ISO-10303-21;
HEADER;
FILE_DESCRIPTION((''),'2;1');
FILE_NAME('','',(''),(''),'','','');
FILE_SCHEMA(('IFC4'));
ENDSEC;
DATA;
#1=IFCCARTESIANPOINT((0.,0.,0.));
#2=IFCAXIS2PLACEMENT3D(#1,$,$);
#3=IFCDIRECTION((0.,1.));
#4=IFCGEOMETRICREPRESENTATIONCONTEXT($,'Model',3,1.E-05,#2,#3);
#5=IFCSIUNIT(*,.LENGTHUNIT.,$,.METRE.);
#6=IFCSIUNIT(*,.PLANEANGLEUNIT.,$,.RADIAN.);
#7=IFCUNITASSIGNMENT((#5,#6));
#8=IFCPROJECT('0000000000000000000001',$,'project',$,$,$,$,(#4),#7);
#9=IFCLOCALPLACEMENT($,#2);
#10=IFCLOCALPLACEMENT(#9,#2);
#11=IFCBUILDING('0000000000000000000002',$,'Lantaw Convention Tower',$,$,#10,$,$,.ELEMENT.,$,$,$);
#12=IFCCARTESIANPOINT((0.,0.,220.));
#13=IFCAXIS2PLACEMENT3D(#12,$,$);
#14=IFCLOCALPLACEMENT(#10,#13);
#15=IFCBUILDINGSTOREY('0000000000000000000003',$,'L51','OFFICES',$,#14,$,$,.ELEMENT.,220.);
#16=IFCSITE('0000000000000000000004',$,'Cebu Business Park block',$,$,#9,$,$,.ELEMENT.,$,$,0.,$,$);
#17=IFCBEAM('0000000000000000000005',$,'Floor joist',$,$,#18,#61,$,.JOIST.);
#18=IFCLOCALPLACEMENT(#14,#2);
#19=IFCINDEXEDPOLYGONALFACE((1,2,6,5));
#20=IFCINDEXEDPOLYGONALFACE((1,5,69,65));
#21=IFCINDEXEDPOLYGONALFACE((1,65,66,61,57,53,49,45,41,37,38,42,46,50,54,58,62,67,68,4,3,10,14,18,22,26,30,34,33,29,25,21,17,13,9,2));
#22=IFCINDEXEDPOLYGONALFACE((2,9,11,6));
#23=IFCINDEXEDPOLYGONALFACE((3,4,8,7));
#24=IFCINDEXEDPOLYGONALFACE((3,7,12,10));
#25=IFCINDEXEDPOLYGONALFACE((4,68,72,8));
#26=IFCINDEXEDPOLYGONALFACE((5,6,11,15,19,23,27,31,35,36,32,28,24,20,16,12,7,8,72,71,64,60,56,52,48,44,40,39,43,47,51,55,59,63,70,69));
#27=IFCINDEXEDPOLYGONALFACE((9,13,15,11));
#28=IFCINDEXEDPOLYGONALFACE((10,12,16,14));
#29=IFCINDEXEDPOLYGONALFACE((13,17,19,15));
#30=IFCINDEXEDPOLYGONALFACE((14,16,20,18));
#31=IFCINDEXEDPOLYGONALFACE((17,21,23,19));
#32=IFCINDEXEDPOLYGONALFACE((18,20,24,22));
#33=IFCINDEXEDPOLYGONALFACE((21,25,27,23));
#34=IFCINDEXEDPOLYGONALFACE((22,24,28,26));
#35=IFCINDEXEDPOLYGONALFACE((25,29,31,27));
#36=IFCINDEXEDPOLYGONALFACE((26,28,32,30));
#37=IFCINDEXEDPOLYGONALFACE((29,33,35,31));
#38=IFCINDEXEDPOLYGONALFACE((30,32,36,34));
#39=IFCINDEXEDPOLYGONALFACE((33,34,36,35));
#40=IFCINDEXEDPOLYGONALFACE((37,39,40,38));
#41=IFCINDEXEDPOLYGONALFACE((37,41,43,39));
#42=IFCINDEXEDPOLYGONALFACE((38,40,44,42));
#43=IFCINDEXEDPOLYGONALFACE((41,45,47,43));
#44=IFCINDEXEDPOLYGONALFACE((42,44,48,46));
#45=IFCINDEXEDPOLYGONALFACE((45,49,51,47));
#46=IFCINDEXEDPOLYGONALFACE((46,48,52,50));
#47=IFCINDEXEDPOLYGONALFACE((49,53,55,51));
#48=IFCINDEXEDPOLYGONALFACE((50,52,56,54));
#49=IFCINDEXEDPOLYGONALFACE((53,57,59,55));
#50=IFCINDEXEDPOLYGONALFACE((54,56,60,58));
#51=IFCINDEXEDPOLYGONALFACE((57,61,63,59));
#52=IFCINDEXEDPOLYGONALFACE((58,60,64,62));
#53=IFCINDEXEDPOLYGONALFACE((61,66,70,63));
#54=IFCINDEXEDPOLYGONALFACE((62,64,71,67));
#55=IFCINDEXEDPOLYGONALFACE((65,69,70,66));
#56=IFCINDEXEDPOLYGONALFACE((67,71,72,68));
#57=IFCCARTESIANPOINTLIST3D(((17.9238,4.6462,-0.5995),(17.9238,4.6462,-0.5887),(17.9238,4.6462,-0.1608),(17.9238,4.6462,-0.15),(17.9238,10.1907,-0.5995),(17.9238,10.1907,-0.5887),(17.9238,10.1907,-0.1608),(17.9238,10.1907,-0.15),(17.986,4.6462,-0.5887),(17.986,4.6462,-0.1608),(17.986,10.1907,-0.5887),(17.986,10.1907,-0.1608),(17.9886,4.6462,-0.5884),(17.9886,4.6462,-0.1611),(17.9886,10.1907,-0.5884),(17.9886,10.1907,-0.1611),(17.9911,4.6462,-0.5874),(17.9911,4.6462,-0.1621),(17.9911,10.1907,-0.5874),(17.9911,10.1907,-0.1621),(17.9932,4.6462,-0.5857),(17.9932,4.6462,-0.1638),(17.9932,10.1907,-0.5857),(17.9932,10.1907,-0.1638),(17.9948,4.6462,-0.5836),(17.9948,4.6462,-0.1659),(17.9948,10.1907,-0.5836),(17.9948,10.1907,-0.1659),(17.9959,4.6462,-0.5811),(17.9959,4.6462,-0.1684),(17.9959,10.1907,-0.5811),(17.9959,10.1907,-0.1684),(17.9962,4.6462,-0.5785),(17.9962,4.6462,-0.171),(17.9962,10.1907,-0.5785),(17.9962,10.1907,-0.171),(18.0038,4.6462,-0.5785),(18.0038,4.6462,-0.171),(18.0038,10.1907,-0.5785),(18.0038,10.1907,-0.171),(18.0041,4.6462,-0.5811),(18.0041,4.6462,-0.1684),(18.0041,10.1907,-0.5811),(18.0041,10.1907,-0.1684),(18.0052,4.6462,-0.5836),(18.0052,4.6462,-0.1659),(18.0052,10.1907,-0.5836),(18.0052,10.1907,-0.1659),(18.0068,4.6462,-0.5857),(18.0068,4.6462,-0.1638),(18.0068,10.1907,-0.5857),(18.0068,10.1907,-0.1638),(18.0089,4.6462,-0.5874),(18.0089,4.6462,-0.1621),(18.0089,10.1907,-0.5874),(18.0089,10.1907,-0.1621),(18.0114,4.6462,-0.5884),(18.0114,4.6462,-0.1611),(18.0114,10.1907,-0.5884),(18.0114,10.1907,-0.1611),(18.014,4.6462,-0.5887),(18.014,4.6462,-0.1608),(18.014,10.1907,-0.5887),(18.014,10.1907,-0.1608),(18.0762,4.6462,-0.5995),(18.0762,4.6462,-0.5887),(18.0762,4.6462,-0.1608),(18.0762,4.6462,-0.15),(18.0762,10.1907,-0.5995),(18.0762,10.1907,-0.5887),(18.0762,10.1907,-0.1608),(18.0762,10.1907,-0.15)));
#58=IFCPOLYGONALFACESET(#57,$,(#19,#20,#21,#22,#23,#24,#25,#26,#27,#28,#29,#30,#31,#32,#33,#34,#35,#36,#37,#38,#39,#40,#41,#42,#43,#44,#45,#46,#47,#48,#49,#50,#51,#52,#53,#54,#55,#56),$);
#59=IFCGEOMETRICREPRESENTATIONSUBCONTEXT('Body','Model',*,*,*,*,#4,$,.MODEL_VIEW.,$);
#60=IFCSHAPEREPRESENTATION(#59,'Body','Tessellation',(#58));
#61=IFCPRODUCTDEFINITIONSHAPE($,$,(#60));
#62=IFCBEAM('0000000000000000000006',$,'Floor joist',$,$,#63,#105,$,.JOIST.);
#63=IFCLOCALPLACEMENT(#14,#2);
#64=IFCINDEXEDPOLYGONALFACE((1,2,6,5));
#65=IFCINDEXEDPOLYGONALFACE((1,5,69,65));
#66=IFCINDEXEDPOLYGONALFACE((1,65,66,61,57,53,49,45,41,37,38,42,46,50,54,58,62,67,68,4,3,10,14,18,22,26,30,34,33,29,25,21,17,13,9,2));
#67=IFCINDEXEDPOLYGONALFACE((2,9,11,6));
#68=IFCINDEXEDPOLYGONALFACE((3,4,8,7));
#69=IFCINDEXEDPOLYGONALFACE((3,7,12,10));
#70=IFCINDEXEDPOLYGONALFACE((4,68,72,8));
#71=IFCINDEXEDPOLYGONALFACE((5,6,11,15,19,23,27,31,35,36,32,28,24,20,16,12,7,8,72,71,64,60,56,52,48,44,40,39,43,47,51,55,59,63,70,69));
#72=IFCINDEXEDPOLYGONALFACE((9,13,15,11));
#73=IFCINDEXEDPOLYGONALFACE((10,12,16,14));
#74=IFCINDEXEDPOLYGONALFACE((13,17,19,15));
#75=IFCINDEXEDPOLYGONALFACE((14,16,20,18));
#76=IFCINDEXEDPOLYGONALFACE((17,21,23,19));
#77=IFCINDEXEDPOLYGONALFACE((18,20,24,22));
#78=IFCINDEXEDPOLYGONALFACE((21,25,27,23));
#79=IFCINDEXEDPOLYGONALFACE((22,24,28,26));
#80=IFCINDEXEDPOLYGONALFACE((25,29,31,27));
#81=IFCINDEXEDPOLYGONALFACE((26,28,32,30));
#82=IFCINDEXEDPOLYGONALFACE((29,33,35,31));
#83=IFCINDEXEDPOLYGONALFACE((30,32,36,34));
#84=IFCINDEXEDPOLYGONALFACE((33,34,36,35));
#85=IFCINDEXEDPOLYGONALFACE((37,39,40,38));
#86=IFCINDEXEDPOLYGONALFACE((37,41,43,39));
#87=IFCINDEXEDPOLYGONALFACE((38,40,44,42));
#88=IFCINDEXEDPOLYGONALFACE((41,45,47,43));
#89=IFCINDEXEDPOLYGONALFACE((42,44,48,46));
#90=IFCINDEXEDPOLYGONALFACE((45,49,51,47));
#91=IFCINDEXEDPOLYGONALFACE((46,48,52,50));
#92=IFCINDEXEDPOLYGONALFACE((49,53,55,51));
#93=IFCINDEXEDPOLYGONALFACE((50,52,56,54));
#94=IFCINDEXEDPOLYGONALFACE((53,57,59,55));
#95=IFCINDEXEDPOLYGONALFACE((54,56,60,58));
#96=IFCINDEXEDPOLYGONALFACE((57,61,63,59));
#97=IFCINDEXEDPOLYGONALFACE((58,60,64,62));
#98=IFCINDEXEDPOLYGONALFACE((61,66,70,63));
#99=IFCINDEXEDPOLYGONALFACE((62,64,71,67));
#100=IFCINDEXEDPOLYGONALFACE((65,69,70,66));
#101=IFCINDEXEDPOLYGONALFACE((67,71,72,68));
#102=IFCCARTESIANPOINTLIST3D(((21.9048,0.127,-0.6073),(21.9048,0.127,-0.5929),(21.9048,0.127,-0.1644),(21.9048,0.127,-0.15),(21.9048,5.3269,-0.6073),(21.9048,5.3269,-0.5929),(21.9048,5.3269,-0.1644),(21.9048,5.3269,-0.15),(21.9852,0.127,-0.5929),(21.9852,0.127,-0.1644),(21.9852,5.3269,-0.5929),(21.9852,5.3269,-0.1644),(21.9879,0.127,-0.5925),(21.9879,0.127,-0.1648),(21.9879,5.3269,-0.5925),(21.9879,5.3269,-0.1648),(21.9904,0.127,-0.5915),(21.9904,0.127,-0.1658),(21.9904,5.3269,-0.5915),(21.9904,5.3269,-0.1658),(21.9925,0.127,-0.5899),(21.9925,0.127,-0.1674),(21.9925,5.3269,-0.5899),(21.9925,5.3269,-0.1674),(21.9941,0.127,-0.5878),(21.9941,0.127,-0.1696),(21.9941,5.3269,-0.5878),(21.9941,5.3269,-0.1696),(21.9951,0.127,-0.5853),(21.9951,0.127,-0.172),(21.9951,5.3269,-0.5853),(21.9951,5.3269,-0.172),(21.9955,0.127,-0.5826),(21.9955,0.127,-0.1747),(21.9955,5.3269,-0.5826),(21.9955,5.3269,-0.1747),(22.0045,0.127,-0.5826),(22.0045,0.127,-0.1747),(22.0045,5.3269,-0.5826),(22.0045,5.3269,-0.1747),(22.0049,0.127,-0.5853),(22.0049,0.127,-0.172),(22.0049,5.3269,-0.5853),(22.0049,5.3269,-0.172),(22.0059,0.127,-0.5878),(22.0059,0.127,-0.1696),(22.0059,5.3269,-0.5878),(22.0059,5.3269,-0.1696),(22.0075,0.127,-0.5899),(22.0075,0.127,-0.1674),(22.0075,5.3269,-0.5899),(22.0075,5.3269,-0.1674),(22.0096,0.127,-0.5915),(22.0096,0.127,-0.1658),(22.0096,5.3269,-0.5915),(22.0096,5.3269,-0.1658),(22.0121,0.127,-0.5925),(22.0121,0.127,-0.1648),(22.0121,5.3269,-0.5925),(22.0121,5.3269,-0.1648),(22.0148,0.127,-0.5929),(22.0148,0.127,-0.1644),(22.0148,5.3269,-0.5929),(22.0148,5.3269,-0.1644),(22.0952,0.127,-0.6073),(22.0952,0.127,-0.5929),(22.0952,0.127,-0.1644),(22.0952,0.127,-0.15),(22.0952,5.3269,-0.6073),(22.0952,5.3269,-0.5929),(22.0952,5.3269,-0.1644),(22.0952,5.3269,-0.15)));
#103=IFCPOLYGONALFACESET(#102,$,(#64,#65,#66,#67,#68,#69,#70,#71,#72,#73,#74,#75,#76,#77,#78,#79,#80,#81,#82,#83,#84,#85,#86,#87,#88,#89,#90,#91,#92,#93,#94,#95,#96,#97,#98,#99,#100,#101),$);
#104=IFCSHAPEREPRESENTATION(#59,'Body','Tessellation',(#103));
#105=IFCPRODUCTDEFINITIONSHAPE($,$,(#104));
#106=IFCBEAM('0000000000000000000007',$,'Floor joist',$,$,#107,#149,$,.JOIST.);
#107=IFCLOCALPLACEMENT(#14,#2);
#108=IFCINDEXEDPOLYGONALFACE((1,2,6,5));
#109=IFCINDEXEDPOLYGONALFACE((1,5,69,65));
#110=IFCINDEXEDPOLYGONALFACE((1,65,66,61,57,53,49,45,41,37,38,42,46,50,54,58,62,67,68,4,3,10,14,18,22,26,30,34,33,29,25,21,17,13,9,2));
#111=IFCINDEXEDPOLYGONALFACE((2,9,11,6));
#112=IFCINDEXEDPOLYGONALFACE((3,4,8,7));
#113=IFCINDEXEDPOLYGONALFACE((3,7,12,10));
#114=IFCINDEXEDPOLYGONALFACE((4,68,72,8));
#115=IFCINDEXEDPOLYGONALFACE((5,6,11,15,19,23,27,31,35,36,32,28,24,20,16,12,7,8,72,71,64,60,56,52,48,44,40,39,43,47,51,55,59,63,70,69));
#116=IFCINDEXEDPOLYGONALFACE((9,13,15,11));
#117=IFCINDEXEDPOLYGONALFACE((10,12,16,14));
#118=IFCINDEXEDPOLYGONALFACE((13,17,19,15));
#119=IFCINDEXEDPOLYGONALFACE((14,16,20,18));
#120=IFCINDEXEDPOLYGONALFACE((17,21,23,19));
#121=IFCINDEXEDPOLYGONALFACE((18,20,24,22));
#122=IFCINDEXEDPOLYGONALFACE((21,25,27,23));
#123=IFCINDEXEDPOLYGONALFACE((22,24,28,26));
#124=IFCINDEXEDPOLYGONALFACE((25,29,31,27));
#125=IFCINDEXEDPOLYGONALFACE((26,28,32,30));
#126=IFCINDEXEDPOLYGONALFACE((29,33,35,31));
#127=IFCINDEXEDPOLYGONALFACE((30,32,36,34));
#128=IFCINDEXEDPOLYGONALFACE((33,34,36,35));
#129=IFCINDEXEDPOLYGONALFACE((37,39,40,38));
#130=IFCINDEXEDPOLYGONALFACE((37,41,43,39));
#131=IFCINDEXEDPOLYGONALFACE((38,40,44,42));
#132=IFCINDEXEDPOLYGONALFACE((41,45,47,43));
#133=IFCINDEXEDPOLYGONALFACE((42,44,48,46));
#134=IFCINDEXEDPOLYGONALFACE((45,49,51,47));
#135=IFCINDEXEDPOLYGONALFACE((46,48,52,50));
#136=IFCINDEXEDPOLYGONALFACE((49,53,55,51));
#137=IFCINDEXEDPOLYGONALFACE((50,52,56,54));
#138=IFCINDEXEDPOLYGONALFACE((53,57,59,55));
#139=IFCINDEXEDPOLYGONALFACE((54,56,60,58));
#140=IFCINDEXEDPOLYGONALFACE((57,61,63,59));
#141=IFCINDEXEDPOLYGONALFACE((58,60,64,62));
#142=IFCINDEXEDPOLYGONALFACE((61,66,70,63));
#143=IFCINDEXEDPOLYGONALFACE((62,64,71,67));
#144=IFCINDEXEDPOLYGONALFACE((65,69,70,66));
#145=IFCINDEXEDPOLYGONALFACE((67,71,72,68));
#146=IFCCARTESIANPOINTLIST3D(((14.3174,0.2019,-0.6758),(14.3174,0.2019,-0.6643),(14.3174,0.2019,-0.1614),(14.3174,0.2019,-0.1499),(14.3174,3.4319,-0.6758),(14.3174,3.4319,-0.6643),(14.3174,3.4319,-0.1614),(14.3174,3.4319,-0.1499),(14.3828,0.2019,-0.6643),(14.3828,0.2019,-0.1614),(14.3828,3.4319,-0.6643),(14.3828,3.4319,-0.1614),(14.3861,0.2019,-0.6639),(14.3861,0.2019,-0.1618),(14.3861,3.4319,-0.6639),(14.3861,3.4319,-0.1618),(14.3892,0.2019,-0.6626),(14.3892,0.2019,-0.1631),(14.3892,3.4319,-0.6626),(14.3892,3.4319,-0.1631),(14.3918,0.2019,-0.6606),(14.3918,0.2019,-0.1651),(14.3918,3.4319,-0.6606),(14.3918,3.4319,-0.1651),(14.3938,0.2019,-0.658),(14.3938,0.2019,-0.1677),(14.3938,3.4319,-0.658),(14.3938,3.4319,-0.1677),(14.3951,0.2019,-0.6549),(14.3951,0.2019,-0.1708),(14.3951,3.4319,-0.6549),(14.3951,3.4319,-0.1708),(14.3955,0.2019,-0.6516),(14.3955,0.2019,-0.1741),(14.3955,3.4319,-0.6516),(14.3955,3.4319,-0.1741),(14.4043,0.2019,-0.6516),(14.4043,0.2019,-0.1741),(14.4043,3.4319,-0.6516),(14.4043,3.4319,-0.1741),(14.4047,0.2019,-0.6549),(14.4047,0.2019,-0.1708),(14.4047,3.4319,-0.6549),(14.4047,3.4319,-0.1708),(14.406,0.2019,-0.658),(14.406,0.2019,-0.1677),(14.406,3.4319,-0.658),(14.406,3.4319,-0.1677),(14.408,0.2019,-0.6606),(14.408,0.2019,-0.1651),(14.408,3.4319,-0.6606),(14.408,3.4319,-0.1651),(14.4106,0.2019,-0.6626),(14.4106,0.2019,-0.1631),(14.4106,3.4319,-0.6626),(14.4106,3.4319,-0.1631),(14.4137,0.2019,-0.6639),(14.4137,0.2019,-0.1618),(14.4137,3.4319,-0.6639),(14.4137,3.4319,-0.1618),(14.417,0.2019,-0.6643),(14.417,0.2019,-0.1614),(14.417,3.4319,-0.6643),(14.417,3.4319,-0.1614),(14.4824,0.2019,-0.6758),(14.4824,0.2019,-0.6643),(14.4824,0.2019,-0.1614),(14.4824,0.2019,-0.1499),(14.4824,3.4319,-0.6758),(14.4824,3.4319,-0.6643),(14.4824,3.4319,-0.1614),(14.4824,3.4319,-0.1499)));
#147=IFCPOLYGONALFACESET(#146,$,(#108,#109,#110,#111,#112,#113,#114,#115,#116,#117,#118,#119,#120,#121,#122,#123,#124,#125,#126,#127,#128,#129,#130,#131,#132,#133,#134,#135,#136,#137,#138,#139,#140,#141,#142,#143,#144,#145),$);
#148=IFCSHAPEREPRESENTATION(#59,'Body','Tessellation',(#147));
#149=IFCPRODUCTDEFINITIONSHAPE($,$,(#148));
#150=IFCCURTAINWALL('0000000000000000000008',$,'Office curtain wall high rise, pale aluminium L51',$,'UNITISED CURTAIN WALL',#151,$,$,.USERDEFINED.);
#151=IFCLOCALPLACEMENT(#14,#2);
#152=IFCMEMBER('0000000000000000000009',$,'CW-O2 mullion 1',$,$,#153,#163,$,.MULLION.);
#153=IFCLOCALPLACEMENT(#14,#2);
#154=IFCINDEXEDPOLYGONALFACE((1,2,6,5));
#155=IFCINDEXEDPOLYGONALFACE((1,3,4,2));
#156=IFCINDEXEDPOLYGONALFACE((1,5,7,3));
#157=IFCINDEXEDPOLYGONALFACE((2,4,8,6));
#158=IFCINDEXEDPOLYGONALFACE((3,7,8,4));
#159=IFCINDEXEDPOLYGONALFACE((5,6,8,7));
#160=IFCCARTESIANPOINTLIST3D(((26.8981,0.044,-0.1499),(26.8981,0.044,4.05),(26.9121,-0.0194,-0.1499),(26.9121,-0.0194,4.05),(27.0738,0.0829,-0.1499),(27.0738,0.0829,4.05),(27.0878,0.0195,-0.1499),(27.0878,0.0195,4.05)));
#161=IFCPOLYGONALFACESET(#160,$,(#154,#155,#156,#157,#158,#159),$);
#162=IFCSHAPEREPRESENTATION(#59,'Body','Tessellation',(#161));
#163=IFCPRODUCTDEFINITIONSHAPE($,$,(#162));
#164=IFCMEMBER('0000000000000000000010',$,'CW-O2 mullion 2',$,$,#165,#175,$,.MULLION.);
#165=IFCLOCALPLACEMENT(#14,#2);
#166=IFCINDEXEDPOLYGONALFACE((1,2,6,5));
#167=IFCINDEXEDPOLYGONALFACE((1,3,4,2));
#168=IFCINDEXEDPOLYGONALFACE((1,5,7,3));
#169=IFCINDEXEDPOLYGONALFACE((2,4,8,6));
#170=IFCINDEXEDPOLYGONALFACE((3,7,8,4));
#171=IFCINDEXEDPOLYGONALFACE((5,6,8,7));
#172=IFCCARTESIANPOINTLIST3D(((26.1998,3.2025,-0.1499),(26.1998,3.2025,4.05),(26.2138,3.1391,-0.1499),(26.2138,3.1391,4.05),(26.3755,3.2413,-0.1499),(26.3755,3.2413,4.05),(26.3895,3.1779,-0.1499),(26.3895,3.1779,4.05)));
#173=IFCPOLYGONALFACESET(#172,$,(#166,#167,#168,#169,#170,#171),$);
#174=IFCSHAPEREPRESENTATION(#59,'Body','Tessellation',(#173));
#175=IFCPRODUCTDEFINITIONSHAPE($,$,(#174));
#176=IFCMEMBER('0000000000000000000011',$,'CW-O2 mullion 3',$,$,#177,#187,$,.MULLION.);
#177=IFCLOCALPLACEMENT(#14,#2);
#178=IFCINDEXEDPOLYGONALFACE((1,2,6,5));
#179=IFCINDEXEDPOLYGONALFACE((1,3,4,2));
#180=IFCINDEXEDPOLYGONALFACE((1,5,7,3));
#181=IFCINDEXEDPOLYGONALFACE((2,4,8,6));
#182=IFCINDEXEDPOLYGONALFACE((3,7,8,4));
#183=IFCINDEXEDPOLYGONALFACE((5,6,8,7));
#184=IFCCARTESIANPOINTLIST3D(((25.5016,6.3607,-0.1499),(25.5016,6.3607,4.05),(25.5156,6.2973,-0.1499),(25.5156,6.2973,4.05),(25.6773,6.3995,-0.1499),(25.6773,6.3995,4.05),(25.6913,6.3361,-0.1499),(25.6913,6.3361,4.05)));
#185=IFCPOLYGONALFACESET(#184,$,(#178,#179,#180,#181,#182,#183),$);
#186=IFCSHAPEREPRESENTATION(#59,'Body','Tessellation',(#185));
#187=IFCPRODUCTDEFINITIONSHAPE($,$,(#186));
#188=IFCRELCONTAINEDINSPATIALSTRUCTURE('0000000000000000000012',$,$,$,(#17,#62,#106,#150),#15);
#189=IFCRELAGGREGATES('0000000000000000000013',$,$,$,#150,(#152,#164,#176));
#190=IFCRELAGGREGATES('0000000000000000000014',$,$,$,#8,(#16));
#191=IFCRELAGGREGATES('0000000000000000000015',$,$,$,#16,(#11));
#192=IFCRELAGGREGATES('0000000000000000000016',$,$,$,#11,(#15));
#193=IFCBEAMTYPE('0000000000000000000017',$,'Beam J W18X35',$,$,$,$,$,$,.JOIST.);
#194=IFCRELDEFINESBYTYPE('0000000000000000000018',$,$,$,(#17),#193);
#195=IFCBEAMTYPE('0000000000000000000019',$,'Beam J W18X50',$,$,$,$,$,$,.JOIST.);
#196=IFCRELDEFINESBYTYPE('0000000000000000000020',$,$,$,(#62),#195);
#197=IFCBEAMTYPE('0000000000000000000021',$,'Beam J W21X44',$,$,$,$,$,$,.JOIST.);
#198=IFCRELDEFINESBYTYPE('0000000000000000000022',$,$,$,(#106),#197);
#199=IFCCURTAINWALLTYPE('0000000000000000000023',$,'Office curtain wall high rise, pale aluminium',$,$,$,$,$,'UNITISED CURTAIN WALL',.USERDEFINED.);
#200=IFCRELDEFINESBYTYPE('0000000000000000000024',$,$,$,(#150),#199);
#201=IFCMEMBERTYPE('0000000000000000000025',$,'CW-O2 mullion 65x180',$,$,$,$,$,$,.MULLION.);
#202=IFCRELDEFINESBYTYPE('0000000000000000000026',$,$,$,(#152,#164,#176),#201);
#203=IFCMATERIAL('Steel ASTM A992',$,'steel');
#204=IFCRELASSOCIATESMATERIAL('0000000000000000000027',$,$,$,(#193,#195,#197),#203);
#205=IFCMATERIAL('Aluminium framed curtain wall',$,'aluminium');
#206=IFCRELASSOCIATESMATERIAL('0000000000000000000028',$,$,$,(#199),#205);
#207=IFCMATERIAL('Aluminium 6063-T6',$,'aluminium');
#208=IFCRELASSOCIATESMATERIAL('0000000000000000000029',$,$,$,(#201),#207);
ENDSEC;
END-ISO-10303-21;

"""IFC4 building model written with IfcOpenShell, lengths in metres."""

from ifc_helpers import new_model, si_unit, direction, frame, origin, origin_2d, place, context, subcontext, project, spatial, rectangle, i_section, extrude, material, material_profile, profile_set, type_object, element, aggregate, save


model = new_model("IFC4")

# Units and contexts
model_context = context("Model", 3, precision=1e-05, world=origin(), true_north=direction((0.0, 1.0)))
body_context = subcontext(model_context, "Body", "Model", "MODEL_VIEW")
ifc_project = project(units=[si_unit("LENGTHUNIT", "METRE"), si_unit("PLANEANGLEUNIT", "RADIAN")], contexts=[model_context])

# Site, building, storey
site_placement = place(None, origin())
site = spatial("IfcSite", under=ifc_project, at=site_placement, Name="Cebu Business Park block", CompositionType="ELEMENT", RefElevation=0.0)
building_placement = place(site_placement, origin())
building = spatial("IfcBuilding", under=site, at=building_placement, Name="Lantaw Convention Tower", CompositionType="ELEMENT")
storey_placement = place(building_placement, frame((0.0, 0.0, 220.0)))
storey = spatial("IfcBuildingStorey", under=building, at=storey_placement, Name="L51", Description="OFFICES", CompositionType="ELEMENT", Elevation=220.0)

# Beams
ifc_material_1 = material(Name="Steel ASTM A992", Category="steel")
ifc_material_profile_1 = material_profile(ifc_material_1, i_section(OverallWidth=0.1523, OverallDepth=0.4495, WebThickness=0.0076, FlangeThickness=0.0107, FilletRadius=0.0103, at=origin_2d()), Name="W18X35")
ifc_profile_set_1 = profile_set([ifc_material_profile_1], Name="Steel ASTM A992")
beam_type_1 = type_object("IfcBeamType", Name="Beam J W18X35", PredefinedType="JOIST", material=ifc_profile_set_1)
beam_1_placement = place(storey_placement, frame((18.0, 4.6462, -0.3748), z_axis=(0.0, 1.0, 0.0), x_axis=(-1.0, 0.0, 0.0)))
element("IfcBeam", 1, at=beam_1_placement, inside=storey, type_object=beam_type_1, Name="Floor joist", PredefinedType="JOIST", context=body_context, shape_type="SweptSolid", body=[
    extrude(i_section(OverallWidth=0.1523, OverallDepth=0.4495, WebThickness=0.0076, FlangeThickness=0.0107, FilletRadius=0.0103, at=origin_2d()), origin(), (0.0, 0.0, 1.0), 5.5444),
])
ifc_material_profile_2 = material_profile(ifc_material_1, i_section(OverallWidth=0.1904, OverallDepth=0.4573, WebThickness=0.009, FlangeThickness=0.0144, FilletRadius=0.0103, at=origin_2d()), Name="W18X50")
ifc_profile_set_2 = profile_set([ifc_material_profile_2], Name="Steel ASTM A992")
beam_type_2 = type_object("IfcBeamType", Name="Beam J W18X50", PredefinedType="JOIST", material=ifc_profile_set_2)
beam_2_placement = place(storey_placement, frame((22.0, 0.127, -0.3787), z_axis=(0.0, 1.0, 0.0), x_axis=(-1.0, 0.0, 0.0)))
element("IfcBeam", 2, at=beam_2_placement, inside=storey, type_object=beam_type_2, Name="Floor joist", PredefinedType="JOIST", context=body_context, shape_type="SweptSolid", body=[
    extrude(i_section(OverallWidth=0.1904, OverallDepth=0.4573, WebThickness=0.009, FlangeThickness=0.0144, FilletRadius=0.0103, at=origin_2d()), origin(), (0.0, 0.0, 1.0), 5.2),
])
ifc_material_profile_3 = material_profile(ifc_material_1, i_section(OverallWidth=0.165, OverallDepth=0.5259, WebThickness=0.0088, FlangeThickness=0.0115, FilletRadius=0.0127, at=origin_2d()), Name="W21X44")
ifc_profile_set_3 = profile_set([ifc_material_profile_3], Name="Steel ASTM A992")
beam_type_3 = type_object("IfcBeamType", Name="Beam J W21X44", PredefinedType="JOIST", material=ifc_profile_set_3)
beam_3_placement = place(storey_placement, frame((14.3999, 0.2019, -0.4128), z_axis=(0.0, 1.0, 0.0), x_axis=(-1.0, 0.0, 0.0)))
element("IfcBeam", 3, at=beam_3_placement, inside=storey, type_object=beam_type_3, Name="Floor joist", PredefinedType="JOIST", context=body_context, shape_type="SweptSolid", body=[
    extrude(i_section(OverallWidth=0.165, OverallDepth=0.5259, WebThickness=0.0088, FlangeThickness=0.0115, FilletRadius=0.0127, at=origin_2d()), origin(), (0.0, 0.0, 1.0), 3.23),
])

# Curtain wall, members
ifc_material_2 = material(Name="Aluminium framed curtain wall", Category="aluminium")
curtain_wall_type = type_object("IfcCurtainWallType", Name="Office curtain wall high rise, pale aluminium", ElementType="UNITISED CURTAIN WALL", PredefinedType="USERDEFINED", material=ifc_material_2)
curtain_wall_1_placement = place(storey_placement, origin())
curtain_wall_1 = element("IfcCurtainWall", 4, at=curtain_wall_1_placement, inside=storey, type_object=curtain_wall_type, Name="Office curtain wall high rise, pale aluminium L51", ObjectType="UNITISED CURTAIN WALL", PredefinedType="USERDEFINED")
ifc_material_3 = material(Name="Aluminium 6063-T6", Category="aluminium")
ifc_material_profile_4 = material_profile(ifc_material_3, rectangle(XDim=0.1799, YDim=0.0649, at=origin_2d()), Name="CW-O2 mullion 65x180")
ifc_profile_set_4 = profile_set([ifc_material_profile_4], Name="Aluminium 6063-T6")
member_type_1 = type_object("IfcMemberType", Name="CW-O2 mullion 65x180", PredefinedType="MULLION", material=ifc_profile_set_4)
member_1_placement = place(storey_placement, frame((26.9929, 0.0317, -0.1499), z_axis=(0.0, 0.0, 1.0), x_axis=(-0.976417, -0.215891, 0.0)))
member_1 = element("IfcMember", 5, at=member_1_placement, type_object=member_type_1, Name="CW-O2 mullion 1", PredefinedType="MULLION", context=body_context, shape_type="SweptSolid", body=[
    extrude(rectangle(XDim=0.1799, YDim=0.0649, at=origin_2d()), origin(), (0.0, 0.0, 1.0), 4.2),
])
member_2_placement = place(storey_placement, frame((26.2947, 3.1902, -0.1499), z_axis=(0.0, 0.0, 1.0), x_axis=(-0.976417, -0.215891, 0.0)))
member_2 = element("IfcMember", 6, at=member_2_placement, type_object=member_type_1, Name="CW-O2 mullion 2", PredefinedType="MULLION", context=body_context, shape_type="SweptSolid", body=[
    extrude(rectangle(XDim=0.1799, YDim=0.0649, at=origin_2d()), origin(), (0.0, 0.0, 1.0), 4.2),
])
member_3_placement = place(storey_placement, frame((25.5964, 6.3484, -0.1499), z_axis=(0.0, 0.0, 1.0), x_axis=(-0.976417, -0.215891, 0.0)))
member_3 = element("IfcMember", 7, at=member_3_placement, type_object=member_type_1, Name="CW-O2 mullion 3", PredefinedType="MULLION", context=body_context, shape_type="SweptSolid", body=[
    extrude(rectangle(XDim=0.1799, YDim=0.0649, at=origin_2d()), origin(), (0.0, 0.0, 1.0), 4.2),
])

aggregate(curtain_wall_1, [member_1, member_2, member_3])

save(model, "model.ifc")
